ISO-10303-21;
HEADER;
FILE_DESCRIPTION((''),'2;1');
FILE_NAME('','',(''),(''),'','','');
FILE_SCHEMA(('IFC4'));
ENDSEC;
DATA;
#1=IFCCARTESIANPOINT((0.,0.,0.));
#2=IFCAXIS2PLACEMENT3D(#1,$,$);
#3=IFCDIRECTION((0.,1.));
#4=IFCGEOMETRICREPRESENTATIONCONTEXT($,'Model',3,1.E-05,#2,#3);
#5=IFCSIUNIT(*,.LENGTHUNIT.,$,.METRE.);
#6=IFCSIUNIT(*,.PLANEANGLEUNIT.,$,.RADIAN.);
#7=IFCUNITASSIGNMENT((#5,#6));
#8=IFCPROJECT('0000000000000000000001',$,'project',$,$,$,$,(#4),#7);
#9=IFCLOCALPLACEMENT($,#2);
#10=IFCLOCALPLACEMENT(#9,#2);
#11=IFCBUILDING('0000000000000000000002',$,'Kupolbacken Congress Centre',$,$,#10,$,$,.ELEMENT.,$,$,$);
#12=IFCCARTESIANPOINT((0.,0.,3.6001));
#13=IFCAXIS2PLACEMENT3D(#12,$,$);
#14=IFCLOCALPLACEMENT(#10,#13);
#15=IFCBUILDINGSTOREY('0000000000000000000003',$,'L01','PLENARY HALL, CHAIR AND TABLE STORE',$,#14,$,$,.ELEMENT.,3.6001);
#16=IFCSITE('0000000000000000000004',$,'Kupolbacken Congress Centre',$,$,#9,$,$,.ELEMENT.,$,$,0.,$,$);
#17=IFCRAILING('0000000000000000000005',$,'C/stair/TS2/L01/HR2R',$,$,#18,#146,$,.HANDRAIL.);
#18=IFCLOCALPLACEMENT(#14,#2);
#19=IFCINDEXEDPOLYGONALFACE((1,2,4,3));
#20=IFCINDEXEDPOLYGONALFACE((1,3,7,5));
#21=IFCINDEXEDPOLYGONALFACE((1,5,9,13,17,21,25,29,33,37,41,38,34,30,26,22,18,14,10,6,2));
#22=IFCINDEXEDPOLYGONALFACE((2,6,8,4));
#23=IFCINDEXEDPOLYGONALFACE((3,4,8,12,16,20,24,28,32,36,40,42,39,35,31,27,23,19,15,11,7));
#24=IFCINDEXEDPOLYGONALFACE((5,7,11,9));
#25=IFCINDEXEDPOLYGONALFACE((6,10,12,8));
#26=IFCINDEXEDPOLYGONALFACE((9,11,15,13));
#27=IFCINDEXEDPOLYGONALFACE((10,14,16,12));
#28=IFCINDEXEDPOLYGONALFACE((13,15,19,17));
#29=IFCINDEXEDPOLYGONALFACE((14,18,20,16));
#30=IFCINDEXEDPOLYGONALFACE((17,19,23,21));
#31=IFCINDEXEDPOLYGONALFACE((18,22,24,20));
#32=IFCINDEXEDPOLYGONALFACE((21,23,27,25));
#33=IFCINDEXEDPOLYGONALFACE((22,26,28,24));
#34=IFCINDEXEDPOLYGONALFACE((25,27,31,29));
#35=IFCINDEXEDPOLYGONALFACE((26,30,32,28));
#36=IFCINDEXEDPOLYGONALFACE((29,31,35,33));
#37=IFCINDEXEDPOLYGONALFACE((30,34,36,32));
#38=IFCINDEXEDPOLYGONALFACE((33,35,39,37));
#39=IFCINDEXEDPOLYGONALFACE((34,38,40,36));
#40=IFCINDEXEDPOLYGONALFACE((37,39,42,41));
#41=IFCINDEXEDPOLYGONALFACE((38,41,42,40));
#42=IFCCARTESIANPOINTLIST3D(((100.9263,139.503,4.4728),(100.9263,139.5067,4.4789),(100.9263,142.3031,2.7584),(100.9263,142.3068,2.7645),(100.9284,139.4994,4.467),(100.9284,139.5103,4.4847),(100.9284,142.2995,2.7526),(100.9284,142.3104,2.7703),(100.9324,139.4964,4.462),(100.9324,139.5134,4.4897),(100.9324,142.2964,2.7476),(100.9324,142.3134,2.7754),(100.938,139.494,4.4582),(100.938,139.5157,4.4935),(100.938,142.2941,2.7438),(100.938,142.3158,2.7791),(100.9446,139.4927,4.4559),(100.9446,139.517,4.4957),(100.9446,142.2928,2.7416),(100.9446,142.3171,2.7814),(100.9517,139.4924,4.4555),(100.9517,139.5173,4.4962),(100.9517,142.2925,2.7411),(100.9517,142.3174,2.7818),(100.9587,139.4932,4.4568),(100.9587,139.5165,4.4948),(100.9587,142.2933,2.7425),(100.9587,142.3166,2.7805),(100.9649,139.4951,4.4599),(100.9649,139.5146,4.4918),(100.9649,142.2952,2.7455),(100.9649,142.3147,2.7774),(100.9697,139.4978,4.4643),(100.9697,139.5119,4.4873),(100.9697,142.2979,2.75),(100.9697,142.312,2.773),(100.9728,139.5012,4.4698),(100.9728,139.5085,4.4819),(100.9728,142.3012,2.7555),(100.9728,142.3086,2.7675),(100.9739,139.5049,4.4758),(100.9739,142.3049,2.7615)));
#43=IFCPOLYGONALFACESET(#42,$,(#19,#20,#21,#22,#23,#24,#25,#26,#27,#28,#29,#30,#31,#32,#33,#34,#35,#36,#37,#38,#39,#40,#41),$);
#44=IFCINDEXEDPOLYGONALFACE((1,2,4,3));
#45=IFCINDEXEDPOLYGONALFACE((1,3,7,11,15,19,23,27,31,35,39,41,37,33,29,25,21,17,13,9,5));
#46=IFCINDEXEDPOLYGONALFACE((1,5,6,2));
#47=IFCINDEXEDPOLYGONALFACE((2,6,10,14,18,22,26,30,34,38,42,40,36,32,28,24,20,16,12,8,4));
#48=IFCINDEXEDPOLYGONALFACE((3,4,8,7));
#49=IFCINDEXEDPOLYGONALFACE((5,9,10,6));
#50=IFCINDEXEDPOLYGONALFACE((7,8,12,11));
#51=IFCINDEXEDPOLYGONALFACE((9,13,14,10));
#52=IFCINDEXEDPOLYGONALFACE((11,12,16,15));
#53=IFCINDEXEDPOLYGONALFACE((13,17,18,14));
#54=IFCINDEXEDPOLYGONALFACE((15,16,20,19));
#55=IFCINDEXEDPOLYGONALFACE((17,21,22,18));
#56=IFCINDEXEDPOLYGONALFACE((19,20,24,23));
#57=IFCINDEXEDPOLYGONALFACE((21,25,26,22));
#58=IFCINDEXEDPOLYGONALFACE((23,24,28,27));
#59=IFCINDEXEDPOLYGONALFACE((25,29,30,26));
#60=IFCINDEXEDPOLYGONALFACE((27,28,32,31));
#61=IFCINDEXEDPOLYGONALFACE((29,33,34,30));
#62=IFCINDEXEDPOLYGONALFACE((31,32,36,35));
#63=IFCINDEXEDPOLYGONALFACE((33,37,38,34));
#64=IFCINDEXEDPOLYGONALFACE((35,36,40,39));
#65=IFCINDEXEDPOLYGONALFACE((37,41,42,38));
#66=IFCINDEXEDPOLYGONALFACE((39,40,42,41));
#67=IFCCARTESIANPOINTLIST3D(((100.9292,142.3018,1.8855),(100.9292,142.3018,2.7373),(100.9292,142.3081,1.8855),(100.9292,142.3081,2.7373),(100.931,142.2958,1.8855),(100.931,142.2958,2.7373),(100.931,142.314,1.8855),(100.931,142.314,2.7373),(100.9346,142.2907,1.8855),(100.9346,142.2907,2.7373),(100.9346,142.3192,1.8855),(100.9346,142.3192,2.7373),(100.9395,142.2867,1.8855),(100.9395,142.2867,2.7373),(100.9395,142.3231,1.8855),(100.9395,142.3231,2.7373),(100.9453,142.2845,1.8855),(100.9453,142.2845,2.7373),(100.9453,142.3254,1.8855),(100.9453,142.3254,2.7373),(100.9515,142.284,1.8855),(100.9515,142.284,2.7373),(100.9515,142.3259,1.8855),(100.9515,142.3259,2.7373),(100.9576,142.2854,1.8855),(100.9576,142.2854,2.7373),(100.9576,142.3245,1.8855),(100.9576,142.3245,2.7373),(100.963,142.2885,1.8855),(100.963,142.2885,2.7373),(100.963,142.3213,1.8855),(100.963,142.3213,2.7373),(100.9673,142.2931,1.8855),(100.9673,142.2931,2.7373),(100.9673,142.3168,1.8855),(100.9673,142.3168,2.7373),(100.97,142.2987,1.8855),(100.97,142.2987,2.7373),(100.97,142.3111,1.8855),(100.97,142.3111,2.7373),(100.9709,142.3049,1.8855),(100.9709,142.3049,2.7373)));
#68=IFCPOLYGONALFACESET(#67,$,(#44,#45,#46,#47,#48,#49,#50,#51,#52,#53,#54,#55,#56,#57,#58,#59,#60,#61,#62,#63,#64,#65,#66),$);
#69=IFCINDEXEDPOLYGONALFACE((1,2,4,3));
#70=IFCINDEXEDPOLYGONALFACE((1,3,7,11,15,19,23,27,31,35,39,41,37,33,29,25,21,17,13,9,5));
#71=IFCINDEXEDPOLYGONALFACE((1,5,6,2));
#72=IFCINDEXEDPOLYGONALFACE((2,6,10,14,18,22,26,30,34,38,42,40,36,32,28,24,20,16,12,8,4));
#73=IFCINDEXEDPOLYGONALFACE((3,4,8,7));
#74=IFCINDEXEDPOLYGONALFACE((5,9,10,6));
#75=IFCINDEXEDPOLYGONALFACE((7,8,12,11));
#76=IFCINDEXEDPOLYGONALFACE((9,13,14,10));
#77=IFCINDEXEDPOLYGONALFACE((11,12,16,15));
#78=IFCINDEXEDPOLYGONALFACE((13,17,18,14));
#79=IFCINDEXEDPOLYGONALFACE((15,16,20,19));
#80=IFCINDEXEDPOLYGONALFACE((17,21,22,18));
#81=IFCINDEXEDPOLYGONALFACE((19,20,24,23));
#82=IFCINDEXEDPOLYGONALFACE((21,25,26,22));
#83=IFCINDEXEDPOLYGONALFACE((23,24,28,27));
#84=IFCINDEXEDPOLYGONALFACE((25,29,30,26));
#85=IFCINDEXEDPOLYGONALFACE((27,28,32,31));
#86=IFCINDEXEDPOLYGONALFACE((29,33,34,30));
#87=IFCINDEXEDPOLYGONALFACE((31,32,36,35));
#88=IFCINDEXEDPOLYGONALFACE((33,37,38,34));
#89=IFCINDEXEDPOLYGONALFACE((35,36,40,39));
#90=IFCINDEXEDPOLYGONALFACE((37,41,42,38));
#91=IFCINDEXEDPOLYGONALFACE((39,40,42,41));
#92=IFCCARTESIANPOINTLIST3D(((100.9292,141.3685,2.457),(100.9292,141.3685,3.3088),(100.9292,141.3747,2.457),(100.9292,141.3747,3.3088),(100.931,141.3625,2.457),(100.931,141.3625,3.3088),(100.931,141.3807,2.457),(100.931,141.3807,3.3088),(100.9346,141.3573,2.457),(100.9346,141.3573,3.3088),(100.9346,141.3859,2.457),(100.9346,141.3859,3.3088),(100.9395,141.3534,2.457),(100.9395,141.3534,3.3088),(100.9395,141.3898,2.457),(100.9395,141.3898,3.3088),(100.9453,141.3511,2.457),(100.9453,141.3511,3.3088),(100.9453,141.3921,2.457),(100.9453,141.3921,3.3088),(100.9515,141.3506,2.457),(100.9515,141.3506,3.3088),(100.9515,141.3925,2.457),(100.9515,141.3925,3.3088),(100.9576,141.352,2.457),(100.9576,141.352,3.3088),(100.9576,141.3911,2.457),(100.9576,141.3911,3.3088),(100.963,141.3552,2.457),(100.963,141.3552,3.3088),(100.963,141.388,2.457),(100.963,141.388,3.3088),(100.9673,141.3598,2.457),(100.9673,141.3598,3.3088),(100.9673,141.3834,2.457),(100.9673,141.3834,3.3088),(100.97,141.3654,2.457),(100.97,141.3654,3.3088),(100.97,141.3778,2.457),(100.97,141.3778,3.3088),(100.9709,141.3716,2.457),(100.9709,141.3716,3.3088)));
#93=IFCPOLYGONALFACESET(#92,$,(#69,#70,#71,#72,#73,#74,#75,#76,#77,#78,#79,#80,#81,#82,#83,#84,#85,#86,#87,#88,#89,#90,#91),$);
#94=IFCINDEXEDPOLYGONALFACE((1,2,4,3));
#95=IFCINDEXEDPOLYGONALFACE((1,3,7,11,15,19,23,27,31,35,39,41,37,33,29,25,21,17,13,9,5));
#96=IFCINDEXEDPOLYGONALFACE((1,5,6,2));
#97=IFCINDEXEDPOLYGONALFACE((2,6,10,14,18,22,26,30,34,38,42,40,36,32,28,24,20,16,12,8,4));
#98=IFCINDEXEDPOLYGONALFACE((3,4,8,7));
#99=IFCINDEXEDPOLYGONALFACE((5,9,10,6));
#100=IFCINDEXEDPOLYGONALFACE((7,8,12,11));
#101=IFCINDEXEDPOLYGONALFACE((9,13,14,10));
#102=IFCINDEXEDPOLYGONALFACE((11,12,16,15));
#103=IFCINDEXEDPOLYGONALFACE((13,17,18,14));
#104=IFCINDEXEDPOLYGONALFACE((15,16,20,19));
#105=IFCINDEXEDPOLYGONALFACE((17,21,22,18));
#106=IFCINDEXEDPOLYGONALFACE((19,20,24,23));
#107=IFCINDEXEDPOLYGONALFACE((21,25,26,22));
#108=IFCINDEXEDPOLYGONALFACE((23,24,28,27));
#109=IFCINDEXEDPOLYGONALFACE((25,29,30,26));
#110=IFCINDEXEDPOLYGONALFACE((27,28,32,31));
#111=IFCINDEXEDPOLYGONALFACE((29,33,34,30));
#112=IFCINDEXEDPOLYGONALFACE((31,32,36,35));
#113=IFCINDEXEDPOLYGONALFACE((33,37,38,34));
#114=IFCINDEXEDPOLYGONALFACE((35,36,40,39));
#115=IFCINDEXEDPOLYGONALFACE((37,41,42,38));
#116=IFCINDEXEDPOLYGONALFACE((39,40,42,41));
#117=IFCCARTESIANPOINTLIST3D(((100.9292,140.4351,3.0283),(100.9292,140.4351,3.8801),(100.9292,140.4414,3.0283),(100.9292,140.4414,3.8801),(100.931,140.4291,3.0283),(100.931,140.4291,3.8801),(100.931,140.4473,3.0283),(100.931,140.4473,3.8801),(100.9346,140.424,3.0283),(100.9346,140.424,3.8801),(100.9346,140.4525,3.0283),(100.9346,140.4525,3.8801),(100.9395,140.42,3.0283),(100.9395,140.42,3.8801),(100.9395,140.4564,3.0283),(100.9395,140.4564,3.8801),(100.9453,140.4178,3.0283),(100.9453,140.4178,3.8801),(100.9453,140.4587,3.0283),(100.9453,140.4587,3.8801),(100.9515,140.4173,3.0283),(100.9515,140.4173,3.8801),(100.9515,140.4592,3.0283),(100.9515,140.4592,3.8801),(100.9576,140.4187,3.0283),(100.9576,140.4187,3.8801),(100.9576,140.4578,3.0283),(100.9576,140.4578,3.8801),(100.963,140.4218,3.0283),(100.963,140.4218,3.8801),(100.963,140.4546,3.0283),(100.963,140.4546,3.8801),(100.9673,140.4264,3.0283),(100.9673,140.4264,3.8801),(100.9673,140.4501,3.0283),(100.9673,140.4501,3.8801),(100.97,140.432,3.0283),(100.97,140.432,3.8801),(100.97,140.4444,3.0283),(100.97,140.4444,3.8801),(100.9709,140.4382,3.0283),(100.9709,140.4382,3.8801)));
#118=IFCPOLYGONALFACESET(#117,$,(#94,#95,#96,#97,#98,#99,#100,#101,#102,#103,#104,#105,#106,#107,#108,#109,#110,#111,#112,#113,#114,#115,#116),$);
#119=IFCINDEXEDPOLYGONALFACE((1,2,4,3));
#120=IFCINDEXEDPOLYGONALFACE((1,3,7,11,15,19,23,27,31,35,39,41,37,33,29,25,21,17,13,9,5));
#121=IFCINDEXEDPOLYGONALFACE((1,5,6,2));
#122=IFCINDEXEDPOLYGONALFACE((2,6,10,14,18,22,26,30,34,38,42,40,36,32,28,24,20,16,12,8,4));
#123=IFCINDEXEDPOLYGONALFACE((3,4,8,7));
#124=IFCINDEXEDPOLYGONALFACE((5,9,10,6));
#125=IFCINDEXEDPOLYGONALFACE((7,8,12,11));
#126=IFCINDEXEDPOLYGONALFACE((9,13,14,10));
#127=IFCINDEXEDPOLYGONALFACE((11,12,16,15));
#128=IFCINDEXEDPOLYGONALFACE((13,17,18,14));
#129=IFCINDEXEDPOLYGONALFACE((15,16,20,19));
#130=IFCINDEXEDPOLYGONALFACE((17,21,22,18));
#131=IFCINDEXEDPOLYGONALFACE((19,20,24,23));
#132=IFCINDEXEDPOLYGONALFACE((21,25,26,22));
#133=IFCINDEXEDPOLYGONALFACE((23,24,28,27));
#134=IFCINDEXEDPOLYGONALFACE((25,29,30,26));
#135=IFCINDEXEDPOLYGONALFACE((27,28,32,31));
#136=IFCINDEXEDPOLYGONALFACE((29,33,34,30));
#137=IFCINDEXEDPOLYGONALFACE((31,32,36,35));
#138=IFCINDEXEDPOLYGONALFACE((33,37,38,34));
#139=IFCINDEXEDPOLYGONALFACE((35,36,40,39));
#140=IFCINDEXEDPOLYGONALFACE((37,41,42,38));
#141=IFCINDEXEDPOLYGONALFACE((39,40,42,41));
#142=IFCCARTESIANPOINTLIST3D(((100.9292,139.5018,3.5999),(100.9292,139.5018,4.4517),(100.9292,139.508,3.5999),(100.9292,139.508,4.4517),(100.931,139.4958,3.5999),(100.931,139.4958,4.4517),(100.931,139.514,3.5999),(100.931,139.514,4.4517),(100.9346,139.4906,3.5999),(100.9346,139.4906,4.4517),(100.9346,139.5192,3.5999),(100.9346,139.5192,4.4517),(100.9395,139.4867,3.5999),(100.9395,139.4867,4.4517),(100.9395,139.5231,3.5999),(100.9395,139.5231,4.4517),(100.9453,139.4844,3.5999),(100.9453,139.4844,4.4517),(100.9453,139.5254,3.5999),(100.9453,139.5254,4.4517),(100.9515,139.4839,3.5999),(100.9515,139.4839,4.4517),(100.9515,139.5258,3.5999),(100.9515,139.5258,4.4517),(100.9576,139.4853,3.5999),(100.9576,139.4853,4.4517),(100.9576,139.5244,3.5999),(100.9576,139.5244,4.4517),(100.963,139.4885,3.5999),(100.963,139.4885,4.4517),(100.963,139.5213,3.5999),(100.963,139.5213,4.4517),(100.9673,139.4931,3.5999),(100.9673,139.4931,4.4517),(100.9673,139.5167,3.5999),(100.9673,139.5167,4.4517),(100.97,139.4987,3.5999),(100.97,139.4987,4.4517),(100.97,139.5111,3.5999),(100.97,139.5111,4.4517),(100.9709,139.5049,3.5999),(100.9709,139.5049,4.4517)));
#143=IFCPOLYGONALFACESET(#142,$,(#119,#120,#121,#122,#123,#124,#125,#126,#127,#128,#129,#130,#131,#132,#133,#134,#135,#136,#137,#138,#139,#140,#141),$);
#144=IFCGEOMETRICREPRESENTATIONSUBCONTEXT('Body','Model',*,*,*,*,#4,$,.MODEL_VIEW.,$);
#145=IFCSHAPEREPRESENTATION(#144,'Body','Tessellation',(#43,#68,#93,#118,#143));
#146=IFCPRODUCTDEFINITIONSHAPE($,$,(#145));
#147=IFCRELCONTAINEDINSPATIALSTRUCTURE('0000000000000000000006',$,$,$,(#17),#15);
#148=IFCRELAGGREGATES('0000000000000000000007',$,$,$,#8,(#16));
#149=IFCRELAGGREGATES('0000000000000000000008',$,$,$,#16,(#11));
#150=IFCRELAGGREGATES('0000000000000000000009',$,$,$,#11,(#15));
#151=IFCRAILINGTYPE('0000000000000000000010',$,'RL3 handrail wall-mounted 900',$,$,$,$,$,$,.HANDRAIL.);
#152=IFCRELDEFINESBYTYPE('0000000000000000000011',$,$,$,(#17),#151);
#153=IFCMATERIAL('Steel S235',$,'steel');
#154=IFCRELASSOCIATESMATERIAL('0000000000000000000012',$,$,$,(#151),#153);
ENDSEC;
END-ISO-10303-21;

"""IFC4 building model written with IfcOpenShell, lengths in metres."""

from ifc_helpers import new_model, si_unit, direction, frame, origin, origin_2d, place, context, subcontext, project, spatial, circle, extrude, material, type_object, element, save


model = new_model("IFC4")

# Units and contexts
model_context = context("Model", 3, precision=1e-05, world=origin(), true_north=direction((0.0, 1.0)))
body_context = subcontext(model_context, "Body", "Model", "MODEL_VIEW")
ifc_project = project(units=[si_unit("LENGTHUNIT", "METRE"), si_unit("PLANEANGLEUNIT", "RADIAN")], contexts=[model_context])

# Site, building, storey
site_placement = place(None, origin())
site = spatial("IfcSite", under=ifc_project, at=site_placement, Name="Kupolbacken Congress Centre", CompositionType="ELEMENT", RefElevation=0.0)
building_placement = place(site_placement, origin())
building = spatial("IfcBuilding", under=site, at=building_placement, Name="Kupolbacken Congress Centre", CompositionType="ELEMENT")
storey_placement = place(building_placement, frame((0.0, 0.0, 3.6001)))
storey = spatial("IfcBuildingStorey", under=building, at=storey_placement, Name="L01", Description="PLENARY HALL, CHAIR AND TABLE STORE", CompositionType="ELEMENT", Elevation=3.6001)

# Railing
ifc_material_1 = material(Name="Steel S235", Category="steel")
railing_type = type_object("IfcRailingType", Name="RL3 handrail wall-mounted 900", PredefinedType="HANDRAIL", material=ifc_material_1)
for number, where, name in (
    (1, (100.95, 142.3049, 1.8855), "C/stair/TS2/L01/HR2R"),
):
    element("IfcRailing", number, at=place(storey_placement, frame(where)), inside=storey, type_object=railing_type, Name=name, PredefinedType="HANDRAIL", context=body_context, shape_type="SweptSolid", body=[
        extrude(circle(Radius=0.0239, at=origin_2d()), frame((0.0, 0.0, 0.876), z_axis=(0.0, -0.852846, 0.522163), x_axis=(1.0, 0.0, 0.0)), (0.0, 0.0, 1.0), 3.2832),
        extrude(circle(Radius=0.021, at=origin_2d()), origin(), (0.0, 0.0, 1.0), 0.8518),
        extrude(circle(Radius=0.021, at=origin_2d()), frame((0.0, -0.9333, 0.5715)), (0.0, 0.0, 1.0), 0.8518),
        extrude(circle(Radius=0.021, at=origin_2d()), frame((0.0, -1.8667, 1.1428)), (0.0, 0.0, 1.0), 0.8518),
        extrude(circle(Radius=0.021, at=origin_2d()), frame((0.0, -2.8, 1.7144)), (0.0, 0.0, 1.0), 0.8518),
    ])

save(model, "model.ifc")
